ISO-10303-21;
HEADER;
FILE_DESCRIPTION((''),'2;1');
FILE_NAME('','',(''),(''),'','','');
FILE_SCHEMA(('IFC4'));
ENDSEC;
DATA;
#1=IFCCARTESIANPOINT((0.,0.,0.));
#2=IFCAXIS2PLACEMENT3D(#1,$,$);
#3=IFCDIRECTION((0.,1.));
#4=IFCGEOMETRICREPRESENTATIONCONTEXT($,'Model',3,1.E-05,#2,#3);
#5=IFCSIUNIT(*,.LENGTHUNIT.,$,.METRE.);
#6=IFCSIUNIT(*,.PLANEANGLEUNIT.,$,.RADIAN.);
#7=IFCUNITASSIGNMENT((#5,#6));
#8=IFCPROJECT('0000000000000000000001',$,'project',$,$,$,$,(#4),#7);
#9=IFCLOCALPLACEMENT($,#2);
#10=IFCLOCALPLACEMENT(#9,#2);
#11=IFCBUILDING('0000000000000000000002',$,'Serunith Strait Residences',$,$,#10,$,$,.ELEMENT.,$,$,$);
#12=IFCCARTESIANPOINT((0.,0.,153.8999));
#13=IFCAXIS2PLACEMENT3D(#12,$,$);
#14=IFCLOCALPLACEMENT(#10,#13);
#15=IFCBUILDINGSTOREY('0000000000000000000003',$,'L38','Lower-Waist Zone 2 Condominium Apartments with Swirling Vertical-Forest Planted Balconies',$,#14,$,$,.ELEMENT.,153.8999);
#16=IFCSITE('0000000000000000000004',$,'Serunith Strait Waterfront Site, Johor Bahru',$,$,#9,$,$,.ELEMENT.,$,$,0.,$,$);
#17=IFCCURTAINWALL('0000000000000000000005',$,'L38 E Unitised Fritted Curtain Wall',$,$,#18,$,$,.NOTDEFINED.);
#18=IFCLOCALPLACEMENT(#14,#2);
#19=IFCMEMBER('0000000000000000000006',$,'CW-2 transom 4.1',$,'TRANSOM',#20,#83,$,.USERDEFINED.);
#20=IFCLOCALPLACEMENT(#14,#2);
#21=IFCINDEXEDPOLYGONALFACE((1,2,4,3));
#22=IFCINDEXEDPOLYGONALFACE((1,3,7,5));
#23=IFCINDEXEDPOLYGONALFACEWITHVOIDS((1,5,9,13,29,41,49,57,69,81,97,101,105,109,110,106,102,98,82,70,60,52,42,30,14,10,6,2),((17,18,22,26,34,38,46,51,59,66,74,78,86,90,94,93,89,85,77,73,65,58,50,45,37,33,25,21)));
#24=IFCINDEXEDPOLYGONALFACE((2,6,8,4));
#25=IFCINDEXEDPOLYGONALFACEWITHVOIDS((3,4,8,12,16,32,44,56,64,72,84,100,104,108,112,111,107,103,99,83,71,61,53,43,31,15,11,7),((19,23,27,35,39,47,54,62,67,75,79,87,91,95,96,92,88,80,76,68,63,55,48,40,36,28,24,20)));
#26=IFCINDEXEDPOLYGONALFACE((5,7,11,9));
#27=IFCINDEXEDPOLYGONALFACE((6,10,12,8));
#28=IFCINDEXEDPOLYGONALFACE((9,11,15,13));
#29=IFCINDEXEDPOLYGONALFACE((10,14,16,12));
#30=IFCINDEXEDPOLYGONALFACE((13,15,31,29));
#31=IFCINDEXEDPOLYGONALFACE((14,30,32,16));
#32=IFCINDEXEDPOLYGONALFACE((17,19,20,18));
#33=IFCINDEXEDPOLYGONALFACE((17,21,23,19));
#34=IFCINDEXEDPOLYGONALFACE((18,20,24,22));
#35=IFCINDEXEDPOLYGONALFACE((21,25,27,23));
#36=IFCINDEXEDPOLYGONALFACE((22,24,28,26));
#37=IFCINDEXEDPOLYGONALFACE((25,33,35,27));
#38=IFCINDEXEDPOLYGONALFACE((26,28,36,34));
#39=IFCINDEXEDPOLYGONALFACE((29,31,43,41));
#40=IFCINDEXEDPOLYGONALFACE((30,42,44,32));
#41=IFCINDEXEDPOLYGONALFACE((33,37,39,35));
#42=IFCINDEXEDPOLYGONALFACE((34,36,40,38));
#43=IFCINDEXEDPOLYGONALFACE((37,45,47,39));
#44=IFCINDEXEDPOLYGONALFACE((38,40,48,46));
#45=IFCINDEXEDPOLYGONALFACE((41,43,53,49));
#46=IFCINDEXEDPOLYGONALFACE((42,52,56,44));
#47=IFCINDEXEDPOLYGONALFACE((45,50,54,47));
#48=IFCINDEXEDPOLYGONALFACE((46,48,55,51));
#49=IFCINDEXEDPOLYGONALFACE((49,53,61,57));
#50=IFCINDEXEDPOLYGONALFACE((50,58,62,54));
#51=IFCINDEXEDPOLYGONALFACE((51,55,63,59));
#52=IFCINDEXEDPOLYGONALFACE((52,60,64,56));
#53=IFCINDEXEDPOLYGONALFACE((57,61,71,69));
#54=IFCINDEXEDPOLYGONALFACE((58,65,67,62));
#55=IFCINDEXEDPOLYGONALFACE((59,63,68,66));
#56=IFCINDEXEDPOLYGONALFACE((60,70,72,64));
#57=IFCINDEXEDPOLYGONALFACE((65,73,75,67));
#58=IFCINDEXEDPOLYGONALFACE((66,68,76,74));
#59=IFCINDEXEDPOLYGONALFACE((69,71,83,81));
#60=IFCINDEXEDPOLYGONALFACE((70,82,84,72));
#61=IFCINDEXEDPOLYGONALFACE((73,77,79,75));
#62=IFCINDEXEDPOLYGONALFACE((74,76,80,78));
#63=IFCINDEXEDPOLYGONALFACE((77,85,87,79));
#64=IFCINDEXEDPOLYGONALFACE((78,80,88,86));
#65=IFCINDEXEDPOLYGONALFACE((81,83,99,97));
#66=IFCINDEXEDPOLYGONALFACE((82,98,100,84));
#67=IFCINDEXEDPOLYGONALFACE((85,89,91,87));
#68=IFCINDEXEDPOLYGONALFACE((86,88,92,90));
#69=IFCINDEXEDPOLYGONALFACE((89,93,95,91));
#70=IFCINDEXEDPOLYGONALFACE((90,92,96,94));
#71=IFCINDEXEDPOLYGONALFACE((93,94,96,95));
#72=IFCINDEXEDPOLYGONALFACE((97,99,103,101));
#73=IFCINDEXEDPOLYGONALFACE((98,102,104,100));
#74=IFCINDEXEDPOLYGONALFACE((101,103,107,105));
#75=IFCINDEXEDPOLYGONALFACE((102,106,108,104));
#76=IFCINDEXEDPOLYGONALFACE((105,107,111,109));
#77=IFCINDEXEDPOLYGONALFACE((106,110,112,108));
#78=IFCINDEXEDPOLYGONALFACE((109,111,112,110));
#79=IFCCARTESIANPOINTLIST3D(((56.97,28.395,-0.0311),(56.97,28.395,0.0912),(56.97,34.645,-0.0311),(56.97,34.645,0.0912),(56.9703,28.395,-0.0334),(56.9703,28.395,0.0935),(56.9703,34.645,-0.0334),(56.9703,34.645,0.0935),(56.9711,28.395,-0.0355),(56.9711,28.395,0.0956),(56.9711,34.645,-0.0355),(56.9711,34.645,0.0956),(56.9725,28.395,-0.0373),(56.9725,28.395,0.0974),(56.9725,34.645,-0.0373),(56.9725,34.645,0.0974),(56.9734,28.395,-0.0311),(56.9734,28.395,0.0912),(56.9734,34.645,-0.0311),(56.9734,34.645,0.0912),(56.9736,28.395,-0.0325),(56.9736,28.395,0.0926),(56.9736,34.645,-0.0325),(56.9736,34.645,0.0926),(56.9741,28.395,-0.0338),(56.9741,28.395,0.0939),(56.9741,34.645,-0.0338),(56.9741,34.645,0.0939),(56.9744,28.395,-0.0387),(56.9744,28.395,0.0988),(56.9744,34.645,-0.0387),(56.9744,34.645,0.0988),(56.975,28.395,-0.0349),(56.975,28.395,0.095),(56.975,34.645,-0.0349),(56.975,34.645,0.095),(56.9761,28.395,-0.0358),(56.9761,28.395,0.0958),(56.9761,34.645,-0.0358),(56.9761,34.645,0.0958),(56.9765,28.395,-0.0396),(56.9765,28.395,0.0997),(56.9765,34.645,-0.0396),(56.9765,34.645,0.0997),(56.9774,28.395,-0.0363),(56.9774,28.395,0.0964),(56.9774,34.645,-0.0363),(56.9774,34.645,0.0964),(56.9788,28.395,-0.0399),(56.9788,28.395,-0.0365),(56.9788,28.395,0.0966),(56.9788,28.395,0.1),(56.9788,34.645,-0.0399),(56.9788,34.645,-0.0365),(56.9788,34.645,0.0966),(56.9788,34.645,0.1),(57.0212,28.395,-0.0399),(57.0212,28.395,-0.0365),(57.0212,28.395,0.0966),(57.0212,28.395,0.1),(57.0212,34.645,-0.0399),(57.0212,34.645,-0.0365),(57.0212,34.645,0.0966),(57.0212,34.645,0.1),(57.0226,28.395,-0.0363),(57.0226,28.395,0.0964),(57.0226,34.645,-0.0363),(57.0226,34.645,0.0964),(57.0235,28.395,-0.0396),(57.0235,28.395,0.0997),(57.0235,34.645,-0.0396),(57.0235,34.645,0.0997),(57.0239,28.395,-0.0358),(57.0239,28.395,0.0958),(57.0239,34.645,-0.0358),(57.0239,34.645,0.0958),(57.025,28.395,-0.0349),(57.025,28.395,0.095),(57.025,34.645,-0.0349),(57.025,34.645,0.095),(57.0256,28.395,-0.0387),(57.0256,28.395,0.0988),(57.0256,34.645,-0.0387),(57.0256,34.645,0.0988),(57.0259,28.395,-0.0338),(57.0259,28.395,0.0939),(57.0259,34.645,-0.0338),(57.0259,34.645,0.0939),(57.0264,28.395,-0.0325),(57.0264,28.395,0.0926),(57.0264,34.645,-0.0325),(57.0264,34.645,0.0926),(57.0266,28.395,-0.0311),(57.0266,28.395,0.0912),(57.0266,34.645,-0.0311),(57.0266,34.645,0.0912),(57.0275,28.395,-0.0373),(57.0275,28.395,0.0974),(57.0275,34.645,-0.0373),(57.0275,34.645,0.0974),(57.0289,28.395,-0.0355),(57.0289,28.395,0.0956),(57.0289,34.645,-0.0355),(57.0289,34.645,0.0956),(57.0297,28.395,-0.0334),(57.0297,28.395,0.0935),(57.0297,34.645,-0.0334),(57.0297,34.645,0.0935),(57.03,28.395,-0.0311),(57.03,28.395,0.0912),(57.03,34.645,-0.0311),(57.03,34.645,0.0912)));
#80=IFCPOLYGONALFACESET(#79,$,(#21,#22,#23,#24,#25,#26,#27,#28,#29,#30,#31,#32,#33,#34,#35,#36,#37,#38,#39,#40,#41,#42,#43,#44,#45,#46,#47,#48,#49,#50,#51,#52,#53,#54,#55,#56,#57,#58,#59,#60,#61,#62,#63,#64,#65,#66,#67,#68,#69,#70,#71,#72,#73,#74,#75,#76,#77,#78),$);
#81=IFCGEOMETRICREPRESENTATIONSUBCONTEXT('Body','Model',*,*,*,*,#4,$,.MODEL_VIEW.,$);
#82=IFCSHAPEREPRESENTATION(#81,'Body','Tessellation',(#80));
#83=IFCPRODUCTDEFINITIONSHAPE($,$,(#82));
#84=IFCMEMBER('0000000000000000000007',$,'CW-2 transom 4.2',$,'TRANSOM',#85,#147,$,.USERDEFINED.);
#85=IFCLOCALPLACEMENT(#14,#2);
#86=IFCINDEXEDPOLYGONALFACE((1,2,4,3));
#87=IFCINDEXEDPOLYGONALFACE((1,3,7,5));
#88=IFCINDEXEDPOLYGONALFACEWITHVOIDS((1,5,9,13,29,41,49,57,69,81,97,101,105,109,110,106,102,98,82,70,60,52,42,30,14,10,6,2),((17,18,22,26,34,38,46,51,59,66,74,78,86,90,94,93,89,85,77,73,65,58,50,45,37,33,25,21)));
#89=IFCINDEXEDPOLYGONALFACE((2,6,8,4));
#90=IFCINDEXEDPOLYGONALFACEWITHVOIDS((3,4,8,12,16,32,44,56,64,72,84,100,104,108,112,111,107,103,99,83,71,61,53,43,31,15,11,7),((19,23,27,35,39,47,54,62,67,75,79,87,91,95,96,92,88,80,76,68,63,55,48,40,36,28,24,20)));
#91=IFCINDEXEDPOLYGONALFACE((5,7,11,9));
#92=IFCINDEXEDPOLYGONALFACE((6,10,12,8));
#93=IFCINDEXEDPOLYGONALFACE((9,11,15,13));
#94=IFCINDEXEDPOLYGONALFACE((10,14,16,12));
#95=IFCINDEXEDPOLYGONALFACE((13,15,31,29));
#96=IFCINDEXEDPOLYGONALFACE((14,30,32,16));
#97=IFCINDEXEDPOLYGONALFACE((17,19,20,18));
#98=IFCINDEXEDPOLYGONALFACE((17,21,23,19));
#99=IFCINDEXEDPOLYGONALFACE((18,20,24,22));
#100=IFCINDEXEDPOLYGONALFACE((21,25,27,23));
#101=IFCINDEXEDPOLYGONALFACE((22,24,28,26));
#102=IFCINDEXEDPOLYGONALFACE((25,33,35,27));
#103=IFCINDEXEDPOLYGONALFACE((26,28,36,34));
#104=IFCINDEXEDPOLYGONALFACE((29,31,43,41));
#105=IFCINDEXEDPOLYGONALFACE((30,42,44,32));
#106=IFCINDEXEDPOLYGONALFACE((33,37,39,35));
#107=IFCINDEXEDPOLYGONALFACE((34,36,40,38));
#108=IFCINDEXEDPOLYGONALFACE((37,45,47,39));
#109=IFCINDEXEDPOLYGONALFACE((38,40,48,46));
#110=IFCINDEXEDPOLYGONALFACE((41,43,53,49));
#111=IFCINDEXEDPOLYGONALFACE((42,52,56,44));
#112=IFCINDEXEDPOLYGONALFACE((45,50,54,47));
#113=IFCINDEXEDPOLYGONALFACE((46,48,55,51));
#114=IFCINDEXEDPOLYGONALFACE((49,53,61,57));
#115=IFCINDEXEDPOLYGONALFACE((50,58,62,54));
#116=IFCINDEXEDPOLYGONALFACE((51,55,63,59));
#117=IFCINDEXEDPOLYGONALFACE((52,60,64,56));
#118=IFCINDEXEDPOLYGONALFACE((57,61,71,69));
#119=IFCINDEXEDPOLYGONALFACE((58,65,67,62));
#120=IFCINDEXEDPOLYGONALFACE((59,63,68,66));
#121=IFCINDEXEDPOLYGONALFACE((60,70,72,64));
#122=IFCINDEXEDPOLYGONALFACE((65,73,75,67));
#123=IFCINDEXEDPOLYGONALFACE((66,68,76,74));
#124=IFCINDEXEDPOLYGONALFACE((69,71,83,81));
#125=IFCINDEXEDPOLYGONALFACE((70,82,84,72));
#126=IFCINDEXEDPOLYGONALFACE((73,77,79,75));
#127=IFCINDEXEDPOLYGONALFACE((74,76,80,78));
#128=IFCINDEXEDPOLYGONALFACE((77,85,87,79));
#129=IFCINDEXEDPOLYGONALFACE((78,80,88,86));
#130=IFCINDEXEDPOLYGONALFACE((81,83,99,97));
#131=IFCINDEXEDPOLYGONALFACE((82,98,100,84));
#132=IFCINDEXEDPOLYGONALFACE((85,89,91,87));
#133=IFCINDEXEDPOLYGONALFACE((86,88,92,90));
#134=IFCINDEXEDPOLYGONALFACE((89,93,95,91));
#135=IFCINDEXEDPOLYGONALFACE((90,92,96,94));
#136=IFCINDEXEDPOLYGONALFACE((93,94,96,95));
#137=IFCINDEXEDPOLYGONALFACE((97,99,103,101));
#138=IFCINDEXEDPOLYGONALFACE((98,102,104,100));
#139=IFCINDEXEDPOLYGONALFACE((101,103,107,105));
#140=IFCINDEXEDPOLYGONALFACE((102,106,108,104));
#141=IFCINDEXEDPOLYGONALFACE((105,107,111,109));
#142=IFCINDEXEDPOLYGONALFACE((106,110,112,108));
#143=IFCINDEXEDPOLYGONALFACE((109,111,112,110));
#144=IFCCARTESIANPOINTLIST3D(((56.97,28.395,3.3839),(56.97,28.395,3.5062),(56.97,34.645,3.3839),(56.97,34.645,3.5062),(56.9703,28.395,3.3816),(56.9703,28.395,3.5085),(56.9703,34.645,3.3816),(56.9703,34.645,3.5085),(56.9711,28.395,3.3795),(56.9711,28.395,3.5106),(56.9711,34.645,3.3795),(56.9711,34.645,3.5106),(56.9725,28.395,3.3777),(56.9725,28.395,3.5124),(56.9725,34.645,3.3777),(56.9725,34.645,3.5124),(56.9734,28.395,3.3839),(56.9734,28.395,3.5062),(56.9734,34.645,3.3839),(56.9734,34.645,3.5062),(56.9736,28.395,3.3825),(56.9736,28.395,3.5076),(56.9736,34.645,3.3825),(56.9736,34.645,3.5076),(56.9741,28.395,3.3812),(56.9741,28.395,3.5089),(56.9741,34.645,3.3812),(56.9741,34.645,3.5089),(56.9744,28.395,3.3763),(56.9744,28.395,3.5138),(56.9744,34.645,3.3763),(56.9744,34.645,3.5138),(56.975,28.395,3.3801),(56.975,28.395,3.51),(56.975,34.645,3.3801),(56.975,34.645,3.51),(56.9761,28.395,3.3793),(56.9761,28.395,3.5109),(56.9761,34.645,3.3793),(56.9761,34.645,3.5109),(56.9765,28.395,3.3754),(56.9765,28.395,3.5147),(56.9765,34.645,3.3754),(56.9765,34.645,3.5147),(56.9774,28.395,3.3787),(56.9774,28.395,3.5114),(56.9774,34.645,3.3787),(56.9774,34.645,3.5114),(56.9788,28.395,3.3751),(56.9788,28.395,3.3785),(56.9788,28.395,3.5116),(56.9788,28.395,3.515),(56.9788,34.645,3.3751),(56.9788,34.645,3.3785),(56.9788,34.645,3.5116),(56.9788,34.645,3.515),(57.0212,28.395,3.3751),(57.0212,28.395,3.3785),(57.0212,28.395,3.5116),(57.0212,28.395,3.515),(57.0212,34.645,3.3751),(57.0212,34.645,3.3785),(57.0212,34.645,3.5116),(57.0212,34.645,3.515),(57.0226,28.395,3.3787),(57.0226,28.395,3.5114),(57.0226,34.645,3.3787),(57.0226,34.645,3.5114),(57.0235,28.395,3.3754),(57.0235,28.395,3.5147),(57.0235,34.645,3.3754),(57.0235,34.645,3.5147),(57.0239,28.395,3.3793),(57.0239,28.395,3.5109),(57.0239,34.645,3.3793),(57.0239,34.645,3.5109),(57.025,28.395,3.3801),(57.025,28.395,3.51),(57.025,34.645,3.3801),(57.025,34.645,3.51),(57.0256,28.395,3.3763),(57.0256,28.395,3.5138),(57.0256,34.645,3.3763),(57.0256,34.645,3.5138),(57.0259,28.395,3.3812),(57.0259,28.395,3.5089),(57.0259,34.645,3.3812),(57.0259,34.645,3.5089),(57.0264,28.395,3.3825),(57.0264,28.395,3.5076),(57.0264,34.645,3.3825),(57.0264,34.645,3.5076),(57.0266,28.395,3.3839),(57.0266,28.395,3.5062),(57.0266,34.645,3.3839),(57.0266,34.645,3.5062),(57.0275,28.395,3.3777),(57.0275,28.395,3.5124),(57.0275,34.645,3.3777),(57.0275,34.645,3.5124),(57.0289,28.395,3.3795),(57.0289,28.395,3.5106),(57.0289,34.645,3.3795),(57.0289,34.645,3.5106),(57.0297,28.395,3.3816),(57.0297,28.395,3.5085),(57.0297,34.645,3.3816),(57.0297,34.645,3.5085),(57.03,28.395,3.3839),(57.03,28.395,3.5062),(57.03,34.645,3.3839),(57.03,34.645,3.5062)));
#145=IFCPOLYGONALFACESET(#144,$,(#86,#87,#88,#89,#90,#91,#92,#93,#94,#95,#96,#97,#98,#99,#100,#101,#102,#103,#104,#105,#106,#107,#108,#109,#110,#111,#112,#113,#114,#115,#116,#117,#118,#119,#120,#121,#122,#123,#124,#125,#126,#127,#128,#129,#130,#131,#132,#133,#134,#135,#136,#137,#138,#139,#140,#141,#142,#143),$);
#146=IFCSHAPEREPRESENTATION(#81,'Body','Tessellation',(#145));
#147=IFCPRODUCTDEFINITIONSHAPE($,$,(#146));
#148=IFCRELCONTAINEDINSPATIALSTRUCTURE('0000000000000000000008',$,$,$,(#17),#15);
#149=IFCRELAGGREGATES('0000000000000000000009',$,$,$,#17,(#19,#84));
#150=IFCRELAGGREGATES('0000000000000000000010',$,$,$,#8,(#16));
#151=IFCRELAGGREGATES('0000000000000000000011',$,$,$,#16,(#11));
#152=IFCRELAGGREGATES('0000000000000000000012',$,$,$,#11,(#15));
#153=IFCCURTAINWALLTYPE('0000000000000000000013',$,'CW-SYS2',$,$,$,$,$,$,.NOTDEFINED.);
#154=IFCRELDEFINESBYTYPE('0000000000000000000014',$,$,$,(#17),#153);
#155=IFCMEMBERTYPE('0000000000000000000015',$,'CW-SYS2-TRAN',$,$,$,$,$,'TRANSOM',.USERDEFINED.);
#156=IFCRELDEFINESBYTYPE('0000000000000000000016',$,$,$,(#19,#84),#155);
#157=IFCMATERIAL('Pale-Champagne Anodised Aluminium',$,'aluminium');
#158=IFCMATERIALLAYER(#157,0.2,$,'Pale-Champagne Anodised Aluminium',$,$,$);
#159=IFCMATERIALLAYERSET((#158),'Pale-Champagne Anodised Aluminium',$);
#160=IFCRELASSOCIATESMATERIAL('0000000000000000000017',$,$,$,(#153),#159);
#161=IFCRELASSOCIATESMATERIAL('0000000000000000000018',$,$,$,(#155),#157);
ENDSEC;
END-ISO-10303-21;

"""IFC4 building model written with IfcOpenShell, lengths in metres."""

from ifc_helpers import new_model, si_unit, direction, frame, origin, origin_2d, place, context, subcontext, project, spatial, hollow_rectangle, extrude, source, transform, mapped, material, layer, layer_set, material_profile, profile_set, type_object, element, aggregate, save


model = new_model("IFC4")

# Units and contexts
model_context = context("Model", 3, precision=1e-05, world=origin(), true_north=direction((0.0, 1.0)))
body_context = subcontext(model_context, "Body", "Model", "MODEL_VIEW")
ifc_project = project(units=[si_unit("LENGTHUNIT", "METRE"), si_unit("PLANEANGLEUNIT", "RADIAN")], contexts=[model_context])

# Site, building, storey
site_placement = place(None, origin())
site = spatial("IfcSite", under=ifc_project, at=site_placement, Name="Serunith Strait Waterfront Site, Johor Bahru", CompositionType="ELEMENT", RefElevation=0.0)
building_placement = place(site_placement, origin())
building = spatial("IfcBuilding", under=site, at=building_placement, Name="Serunith Strait Residences", CompositionType="ELEMENT")
storey_placement = place(building_placement, frame((0.0, 0.0, 153.8999)))
storey = spatial("IfcBuildingStorey", under=building, at=storey_placement, Name="L38", Description="Lower-Waist Zone 2 Condominium Apartments with Swirling Vertical-Forest Planted Balconies", CompositionType="ELEMENT", Elevation=153.8999)

# Curtain wall, members
ifc_material_1 = material(Name="Pale-Champagne Anodised Aluminium", Category="aluminium")
ifc_layer_1 = layer(ifc_material_1, 0.2, Name="Pale-Champagne Anodised Aluminium")
ifc_layer_set_1 = layer_set([ifc_layer_1], Name="Pale-Champagne Anodised Aluminium")
curtain_wall_type = type_object("IfcCurtainWallType", Name="CW-SYS2", PredefinedType="NOTDEFINED", material=ifc_layer_set_1)
curtain_wall_placement = place(storey_placement, origin())
curtain_wall = element("IfcCurtainWall", 1, at=curtain_wall_placement, inside=storey, type_object=curtain_wall_type, Name="L38 E Unitised Fritted Curtain Wall", PredefinedType="NOTDEFINED")
ifc_material_profile_1 = material_profile(ifc_material_1, hollow_rectangle(XDim=0.0601, YDim=0.1399, WallThickness=0.0034, InnerFilletRadius=0.0054, OuterFilletRadius=0.0088, at=origin_2d()), Name="ALU 140x60x3.5")
ifc_profile_set_1 = profile_set([ifc_material_profile_1], Name="Pale-Champagne Anodised Aluminium")
member_type_1 = type_object("IfcMemberType", Name="CW-SYS2-TRAN", ElementType="TRANSOM", PredefinedType="USERDEFINED", material=ifc_profile_set_1)
shared_shape_1 = source(origin(), body_context, "Body", "SweptSolid", [
    extrude(hollow_rectangle(XDim=0.0601, YDim=0.1399, WallThickness=0.0034, InnerFilletRadius=0.0054, OuterFilletRadius=0.0088, at=origin_2d()), origin(), (0.0, 0.0, 1.0), 6.25),
])
member_1_placement = place(storey_placement, frame((57.0, 28.395, 0.03), z_axis=(0.0, 1.0, 0.0), x_axis=(-1.0, 0.0, 0.0)))
member_1 = element("IfcMember", 2, at=member_1_placement, type_object=member_type_1, Name="CW-2 transom 4.1", ObjectType="TRANSOM", PredefinedType="USERDEFINED", context=body_context, shape_type="MappedRepresentation", body=[
    mapped(shared_shape_1, transform((0.0, 0.0, 0.0), scale=1.0)),
])
member_2_placement = place(storey_placement, frame((57.0, 28.395, 3.4451), z_axis=(0.0, 1.0, 0.0), x_axis=(-1.0, 0.0, 0.0)))
member_2 = element("IfcMember", 3, at=member_2_placement, type_object=member_type_1, Name="CW-2 transom 4.2", ObjectType="TRANSOM", PredefinedType="USERDEFINED", context=body_context, shape_type="MappedRepresentation", body=[
    mapped(shared_shape_1, transform((0.0, 0.0, 0.0), scale=1.0)),
])
aggregate(curtain_wall, [member_1, member_2])

save(model, "model.ifc")
